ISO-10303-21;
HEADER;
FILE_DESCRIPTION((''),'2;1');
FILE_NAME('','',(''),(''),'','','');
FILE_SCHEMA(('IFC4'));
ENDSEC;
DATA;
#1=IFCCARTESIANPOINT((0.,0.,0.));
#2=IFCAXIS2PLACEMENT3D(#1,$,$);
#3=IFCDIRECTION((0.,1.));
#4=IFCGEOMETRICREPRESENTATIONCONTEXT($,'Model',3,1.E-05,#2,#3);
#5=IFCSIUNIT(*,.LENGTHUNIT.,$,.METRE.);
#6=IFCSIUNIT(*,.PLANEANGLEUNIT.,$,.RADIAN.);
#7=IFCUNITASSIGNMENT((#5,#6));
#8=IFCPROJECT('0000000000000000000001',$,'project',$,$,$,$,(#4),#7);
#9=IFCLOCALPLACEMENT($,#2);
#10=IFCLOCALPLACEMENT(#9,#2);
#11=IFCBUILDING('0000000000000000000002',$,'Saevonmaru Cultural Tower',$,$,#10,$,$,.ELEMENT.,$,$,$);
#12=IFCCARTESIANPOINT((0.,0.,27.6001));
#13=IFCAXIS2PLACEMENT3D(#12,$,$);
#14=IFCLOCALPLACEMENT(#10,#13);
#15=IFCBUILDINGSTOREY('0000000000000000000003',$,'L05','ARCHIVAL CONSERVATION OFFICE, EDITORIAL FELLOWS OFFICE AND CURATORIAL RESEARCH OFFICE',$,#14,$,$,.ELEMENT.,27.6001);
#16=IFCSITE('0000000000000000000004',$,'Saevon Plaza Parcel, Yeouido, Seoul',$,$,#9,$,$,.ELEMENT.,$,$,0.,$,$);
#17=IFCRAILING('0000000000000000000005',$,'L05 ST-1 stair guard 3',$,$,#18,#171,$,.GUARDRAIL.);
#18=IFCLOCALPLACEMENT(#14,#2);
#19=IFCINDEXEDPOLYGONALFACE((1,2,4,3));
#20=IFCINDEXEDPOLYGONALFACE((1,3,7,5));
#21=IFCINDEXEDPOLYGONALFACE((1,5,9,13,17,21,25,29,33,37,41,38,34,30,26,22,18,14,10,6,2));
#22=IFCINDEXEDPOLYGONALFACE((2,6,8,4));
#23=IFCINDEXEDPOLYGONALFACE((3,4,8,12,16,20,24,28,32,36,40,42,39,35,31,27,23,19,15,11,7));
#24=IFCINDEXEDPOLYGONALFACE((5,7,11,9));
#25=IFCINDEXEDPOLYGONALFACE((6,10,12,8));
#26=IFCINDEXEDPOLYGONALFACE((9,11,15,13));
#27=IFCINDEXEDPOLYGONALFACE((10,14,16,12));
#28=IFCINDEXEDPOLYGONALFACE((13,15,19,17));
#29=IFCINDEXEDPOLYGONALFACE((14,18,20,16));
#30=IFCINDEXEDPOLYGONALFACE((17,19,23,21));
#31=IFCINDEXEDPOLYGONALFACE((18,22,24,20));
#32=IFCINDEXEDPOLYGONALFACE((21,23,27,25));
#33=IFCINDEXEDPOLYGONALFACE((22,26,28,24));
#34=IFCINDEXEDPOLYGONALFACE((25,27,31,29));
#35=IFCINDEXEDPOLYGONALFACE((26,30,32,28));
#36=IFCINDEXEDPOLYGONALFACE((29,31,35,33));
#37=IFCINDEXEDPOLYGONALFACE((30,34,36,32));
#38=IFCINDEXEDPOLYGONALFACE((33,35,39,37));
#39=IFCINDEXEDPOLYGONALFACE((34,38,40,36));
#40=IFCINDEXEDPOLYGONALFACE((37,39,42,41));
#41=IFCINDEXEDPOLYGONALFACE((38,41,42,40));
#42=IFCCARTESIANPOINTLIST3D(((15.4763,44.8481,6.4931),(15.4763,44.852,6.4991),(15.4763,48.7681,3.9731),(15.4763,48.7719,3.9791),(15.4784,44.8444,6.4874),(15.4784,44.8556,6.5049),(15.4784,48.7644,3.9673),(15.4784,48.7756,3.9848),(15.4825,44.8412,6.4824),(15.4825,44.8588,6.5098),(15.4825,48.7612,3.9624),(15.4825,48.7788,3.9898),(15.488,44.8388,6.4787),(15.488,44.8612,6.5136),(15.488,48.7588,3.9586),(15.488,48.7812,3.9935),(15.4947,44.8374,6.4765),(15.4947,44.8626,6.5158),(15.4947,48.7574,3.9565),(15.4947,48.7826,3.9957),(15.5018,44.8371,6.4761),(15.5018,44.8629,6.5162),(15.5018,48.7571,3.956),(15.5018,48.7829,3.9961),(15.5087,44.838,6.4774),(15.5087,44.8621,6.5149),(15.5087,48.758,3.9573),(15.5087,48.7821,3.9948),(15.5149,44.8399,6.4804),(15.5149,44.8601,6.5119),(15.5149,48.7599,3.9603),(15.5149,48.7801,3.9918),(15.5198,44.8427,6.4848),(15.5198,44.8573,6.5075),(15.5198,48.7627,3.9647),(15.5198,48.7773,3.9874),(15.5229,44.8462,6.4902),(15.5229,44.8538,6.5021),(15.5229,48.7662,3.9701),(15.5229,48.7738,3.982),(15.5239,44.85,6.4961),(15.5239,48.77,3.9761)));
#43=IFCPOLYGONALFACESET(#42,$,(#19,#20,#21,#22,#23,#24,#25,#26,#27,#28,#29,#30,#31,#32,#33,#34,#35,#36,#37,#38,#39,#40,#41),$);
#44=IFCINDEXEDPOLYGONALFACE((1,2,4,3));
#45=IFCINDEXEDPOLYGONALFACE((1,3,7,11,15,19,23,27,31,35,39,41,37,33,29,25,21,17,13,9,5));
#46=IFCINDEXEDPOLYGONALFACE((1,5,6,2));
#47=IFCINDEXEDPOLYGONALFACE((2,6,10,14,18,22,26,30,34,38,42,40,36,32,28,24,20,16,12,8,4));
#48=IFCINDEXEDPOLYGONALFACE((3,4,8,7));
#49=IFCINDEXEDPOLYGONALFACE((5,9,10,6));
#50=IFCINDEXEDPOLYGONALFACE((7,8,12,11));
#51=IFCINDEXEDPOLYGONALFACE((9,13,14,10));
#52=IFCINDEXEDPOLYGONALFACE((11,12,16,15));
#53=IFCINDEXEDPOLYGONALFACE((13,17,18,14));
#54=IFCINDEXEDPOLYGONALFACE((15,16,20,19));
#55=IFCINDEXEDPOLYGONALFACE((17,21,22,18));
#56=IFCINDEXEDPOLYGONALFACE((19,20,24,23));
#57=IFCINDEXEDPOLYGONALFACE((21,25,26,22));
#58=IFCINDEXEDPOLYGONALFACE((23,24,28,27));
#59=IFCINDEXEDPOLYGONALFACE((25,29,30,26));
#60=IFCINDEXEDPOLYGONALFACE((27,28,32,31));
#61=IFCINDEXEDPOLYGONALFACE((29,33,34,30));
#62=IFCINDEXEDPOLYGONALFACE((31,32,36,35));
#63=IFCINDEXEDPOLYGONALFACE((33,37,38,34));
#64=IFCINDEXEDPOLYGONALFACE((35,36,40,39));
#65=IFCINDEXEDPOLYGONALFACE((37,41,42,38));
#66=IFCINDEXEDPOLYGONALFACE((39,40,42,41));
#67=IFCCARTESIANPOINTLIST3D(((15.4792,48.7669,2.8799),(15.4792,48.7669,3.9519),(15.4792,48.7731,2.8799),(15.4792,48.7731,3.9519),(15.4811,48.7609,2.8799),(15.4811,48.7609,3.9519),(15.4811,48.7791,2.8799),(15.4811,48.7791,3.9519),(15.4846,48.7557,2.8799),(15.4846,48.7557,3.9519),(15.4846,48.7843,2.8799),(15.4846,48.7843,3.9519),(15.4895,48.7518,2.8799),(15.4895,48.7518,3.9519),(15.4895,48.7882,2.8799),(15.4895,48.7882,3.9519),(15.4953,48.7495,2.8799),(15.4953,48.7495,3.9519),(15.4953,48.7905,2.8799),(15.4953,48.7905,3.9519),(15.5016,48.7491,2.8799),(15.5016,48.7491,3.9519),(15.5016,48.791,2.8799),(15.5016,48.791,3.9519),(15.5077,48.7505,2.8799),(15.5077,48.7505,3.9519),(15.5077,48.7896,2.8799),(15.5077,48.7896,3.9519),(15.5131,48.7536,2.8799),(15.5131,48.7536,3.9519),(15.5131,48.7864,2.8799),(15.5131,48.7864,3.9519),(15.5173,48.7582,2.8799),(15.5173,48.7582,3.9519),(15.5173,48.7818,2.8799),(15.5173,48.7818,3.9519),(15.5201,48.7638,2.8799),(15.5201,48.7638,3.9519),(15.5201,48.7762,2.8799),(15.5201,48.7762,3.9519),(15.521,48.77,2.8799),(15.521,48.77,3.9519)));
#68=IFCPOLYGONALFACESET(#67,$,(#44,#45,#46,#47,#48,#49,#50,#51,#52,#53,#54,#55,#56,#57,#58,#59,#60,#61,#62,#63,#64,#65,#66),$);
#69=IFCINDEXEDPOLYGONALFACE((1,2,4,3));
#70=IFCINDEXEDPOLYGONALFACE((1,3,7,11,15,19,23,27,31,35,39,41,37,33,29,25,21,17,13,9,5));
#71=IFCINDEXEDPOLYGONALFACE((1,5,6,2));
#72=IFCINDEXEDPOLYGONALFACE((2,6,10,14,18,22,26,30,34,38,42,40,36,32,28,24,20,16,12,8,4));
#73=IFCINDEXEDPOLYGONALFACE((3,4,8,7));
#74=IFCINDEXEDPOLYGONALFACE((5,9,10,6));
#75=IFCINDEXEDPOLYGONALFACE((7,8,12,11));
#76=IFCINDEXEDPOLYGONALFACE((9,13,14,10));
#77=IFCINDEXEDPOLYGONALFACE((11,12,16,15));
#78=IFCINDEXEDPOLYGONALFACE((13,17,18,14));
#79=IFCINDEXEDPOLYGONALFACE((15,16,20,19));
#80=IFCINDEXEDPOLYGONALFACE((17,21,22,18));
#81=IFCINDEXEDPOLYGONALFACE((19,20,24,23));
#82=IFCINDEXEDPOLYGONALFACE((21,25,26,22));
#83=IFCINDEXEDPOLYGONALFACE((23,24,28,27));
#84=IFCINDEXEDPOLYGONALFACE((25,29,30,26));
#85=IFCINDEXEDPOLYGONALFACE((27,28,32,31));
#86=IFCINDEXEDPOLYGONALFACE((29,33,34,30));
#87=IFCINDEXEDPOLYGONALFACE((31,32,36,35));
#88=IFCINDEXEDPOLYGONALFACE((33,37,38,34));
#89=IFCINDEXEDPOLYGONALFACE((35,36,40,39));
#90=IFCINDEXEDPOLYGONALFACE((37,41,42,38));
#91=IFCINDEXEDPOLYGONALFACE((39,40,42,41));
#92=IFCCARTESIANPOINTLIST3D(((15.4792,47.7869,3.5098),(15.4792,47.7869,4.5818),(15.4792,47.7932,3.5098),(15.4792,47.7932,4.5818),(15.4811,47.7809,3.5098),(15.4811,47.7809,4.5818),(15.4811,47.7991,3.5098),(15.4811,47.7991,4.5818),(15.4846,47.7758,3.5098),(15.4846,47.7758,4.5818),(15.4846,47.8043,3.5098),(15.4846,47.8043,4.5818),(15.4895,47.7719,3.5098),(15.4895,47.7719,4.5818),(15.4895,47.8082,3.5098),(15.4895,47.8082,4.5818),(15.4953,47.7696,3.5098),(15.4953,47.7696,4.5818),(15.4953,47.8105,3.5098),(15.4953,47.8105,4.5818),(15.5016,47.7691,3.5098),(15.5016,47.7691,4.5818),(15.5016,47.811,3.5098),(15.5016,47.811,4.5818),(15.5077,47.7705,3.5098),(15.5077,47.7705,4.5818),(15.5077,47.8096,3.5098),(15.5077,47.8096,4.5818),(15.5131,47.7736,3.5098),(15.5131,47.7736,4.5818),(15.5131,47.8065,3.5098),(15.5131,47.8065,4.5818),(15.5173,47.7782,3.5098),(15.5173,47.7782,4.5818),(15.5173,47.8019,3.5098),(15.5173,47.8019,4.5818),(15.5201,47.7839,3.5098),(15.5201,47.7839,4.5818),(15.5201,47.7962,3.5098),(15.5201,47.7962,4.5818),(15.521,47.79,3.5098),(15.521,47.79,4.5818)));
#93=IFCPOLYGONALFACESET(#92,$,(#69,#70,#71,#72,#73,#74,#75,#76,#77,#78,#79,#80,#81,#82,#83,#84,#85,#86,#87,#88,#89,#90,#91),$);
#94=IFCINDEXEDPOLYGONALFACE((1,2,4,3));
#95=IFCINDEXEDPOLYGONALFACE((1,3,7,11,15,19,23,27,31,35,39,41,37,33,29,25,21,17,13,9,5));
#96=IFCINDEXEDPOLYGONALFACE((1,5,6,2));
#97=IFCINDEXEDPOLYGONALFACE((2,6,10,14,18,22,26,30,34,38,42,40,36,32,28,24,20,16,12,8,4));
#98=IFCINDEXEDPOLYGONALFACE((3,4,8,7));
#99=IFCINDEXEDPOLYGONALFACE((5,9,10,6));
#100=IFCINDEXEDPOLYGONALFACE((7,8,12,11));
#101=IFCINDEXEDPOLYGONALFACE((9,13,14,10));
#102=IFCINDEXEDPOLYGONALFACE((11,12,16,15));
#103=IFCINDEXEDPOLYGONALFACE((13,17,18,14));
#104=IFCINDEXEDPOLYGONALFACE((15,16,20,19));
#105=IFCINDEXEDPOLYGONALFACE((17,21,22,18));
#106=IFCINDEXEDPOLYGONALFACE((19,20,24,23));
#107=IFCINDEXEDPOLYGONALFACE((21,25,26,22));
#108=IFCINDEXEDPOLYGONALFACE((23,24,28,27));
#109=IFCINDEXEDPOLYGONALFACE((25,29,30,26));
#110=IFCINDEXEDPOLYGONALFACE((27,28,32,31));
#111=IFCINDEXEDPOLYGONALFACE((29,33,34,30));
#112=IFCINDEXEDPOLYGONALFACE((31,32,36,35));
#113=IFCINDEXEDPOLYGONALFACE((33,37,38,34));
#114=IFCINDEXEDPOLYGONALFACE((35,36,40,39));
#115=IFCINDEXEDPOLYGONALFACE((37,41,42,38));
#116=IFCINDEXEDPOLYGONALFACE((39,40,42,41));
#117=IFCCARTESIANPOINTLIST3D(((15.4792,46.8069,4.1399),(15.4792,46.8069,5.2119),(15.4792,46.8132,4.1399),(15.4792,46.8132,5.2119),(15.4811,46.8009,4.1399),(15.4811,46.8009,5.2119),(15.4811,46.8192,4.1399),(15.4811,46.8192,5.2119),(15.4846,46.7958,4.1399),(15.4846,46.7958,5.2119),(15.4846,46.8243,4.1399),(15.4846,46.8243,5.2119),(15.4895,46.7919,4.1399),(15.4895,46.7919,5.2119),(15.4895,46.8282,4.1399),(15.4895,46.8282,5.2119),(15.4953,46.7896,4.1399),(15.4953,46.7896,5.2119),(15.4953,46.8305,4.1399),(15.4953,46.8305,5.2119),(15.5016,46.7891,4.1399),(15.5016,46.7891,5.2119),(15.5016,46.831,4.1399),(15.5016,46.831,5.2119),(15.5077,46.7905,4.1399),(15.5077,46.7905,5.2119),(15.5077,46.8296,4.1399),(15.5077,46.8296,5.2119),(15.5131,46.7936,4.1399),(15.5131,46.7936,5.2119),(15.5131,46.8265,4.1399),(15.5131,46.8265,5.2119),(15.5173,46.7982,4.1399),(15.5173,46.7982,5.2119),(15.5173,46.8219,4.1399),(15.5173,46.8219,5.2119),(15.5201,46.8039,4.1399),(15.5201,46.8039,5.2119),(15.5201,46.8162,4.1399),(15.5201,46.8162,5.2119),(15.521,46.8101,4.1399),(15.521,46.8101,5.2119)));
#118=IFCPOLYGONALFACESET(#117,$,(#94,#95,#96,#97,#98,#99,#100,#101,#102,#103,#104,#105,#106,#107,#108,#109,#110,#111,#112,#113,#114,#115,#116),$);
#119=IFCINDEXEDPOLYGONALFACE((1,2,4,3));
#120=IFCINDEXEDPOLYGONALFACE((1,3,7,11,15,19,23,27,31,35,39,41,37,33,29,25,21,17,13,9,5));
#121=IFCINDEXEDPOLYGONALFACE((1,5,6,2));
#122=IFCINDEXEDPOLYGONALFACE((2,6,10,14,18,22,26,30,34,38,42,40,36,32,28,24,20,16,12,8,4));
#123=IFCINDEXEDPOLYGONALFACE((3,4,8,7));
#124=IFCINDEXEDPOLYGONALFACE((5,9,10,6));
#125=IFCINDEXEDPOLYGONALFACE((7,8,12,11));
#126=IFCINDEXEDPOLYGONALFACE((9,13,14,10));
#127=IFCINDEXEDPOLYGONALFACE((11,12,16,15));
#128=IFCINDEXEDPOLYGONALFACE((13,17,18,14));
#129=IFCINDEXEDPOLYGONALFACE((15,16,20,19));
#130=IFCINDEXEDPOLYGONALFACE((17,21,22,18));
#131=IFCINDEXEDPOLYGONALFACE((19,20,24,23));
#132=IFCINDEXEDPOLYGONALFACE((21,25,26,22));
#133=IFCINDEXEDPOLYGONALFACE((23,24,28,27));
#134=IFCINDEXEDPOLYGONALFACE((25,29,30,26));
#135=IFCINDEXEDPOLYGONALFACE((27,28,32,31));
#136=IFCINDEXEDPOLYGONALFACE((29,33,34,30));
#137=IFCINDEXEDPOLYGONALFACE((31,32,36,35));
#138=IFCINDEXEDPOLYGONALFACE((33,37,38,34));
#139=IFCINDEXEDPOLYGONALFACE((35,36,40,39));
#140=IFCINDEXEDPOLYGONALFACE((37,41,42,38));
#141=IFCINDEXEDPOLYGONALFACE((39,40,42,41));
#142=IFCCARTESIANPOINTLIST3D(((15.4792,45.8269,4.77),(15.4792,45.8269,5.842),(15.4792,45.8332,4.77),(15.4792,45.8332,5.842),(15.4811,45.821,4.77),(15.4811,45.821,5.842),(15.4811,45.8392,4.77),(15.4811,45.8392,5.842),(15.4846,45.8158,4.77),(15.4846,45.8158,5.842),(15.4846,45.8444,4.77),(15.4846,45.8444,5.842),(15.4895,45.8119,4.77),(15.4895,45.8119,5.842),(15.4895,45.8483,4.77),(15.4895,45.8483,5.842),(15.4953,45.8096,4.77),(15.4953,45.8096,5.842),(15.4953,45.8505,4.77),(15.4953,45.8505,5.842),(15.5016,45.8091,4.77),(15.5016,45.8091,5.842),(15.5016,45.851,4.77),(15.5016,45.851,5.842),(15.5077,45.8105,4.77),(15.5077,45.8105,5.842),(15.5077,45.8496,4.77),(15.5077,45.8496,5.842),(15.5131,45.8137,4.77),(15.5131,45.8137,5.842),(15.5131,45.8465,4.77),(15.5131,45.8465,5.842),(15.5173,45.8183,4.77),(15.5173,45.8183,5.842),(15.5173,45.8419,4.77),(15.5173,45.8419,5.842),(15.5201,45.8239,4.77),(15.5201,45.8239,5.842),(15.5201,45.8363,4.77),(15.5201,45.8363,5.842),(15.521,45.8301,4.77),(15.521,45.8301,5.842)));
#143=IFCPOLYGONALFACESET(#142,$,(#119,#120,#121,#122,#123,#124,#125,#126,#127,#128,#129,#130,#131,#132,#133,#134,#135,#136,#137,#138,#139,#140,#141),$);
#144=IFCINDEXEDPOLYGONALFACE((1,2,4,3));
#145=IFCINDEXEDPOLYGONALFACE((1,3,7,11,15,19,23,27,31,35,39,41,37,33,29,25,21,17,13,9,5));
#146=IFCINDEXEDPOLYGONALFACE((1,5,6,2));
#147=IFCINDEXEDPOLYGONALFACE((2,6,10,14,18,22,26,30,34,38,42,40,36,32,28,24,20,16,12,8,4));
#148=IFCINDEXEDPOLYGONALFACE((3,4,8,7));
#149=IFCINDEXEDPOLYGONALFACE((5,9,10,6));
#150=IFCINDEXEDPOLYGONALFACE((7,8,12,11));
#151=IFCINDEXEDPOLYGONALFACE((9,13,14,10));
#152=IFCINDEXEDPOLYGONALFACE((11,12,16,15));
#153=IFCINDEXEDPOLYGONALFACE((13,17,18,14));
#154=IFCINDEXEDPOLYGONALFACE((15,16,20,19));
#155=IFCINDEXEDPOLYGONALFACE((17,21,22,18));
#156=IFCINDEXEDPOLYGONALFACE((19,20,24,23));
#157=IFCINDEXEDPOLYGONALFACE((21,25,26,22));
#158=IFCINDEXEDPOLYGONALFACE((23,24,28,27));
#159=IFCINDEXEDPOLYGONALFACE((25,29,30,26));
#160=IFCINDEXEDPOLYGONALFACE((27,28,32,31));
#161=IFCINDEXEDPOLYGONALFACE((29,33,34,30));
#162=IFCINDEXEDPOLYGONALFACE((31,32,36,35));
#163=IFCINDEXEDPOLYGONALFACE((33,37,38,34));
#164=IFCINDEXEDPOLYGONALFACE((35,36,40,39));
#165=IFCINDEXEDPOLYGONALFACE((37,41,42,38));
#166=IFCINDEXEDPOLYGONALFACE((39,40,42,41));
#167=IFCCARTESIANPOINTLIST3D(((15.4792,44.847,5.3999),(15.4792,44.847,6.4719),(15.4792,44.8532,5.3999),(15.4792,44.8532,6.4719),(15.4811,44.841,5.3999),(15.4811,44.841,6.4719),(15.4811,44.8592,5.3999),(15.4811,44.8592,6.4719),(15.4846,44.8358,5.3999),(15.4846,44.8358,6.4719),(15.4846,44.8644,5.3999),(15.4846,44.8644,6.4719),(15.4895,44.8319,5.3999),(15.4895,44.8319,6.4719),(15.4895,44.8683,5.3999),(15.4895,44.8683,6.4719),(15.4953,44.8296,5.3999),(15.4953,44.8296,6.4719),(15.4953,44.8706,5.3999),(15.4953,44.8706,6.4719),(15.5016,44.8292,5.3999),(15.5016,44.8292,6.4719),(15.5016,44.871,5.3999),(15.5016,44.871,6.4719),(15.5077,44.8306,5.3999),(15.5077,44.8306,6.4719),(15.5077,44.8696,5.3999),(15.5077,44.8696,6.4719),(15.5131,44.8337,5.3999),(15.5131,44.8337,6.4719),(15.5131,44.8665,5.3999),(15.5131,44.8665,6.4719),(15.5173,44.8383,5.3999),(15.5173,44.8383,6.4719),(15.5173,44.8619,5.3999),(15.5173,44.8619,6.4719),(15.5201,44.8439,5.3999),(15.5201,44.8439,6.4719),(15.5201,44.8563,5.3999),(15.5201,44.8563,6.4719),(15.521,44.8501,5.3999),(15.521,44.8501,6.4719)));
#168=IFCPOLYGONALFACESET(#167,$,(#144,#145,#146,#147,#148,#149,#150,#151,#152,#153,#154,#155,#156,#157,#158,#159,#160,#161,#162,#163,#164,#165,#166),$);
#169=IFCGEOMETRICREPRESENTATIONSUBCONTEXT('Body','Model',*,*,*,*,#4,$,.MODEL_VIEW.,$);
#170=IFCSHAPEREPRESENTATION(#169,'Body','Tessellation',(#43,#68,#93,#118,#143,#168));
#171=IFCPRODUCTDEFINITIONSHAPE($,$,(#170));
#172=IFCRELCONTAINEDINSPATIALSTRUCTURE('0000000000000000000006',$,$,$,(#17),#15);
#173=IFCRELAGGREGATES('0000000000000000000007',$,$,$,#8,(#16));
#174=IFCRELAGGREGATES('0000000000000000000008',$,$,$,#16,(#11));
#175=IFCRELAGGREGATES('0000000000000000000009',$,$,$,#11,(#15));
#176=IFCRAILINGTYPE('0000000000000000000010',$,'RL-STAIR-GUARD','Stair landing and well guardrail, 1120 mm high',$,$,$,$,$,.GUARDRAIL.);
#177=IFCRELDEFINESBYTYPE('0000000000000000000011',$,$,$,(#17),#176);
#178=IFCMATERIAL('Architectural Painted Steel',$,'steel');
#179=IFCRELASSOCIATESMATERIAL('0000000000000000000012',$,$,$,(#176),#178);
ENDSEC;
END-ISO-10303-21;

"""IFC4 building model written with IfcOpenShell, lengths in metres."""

from ifc_helpers import new_model, si_unit, direction, frame, origin, origin_2d, place, context, subcontext, project, spatial, circle, extrude, material, type_object, element, save


model = new_model("IFC4")

# Units and contexts
model_context = context("Model", 3, precision=1e-05, world=origin(), true_north=direction((0.0, 1.0)))
body_context = subcontext(model_context, "Body", "Model", "MODEL_VIEW")
ifc_project = project(units=[si_unit("LENGTHUNIT", "METRE"), si_unit("PLANEANGLEUNIT", "RADIAN")], contexts=[model_context])

# Site, building, storey
site_placement = place(None, origin())
site = spatial("IfcSite", under=ifc_project, at=site_placement, Name="Saevon Plaza Parcel, Yeouido, Seoul", CompositionType="ELEMENT", RefElevation=0.0)
building_placement = place(site_placement, origin())
building = spatial("IfcBuilding", under=site, at=building_placement, Name="Saevonmaru Cultural Tower", CompositionType="ELEMENT")
storey_placement = place(building_placement, frame((0.0, 0.0, 27.6001)))
storey = spatial("IfcBuildingStorey", under=building, at=storey_placement, Name="L05", Description="ARCHIVAL CONSERVATION OFFICE, EDITORIAL FELLOWS OFFICE AND CURATORIAL RESEARCH OFFICE", CompositionType="ELEMENT", Elevation=27.6001)

# Railing
ifc_material_1 = material(Name="Architectural Painted Steel", Category="steel")
railing_type_1 = type_object("IfcRailingType", Name="RL-STAIR-GUARD", Description="Stair landing and well guardrail, 1120 mm high", PredefinedType="GUARDRAIL", material=ifc_material_1)
railing_1_placement = place(storey_placement, frame((15.5, 48.77, 2.8799)))
element("IfcRailing", 1, at=railing_1_placement, inside=storey, type_object=railing_type_1, Name="L05 ST-1 stair guard 3", PredefinedType="GUARDRAIL", context=body_context, shape_type="SweptSolid", body=[
    extrude(circle(Radius=0.0239, at=origin_2d()), frame((0.0, 0.0, 1.0962), z_axis=(0.0, -0.841172, 0.540768), x_axis=(1.0, 0.0, 0.0)), (0.0, 0.0, 1.0), 4.6602),
    extrude(circle(Radius=0.021, at=origin_2d()), origin(), (0.0, 0.0, 1.0), 1.072),
    extrude(circle(Radius=0.021, at=origin_2d()), frame((0.0, -0.98, 0.6299)), (0.0, 0.0, 1.0), 1.072),
    extrude(circle(Radius=0.021, at=origin_2d()), frame((0.0, -1.96, 1.26)), (0.0, 0.0, 1.0), 1.072),
    extrude(circle(Radius=0.021, at=origin_2d()), frame((0.0, -2.9399, 1.8901)), (0.0, 0.0, 1.0), 1.072),
    extrude(circle(Radius=0.021, at=origin_2d()), frame((0.0, -3.9199, 2.52)), (0.0, 0.0, 1.0), 1.072),
])

save(model, "model.ifc")
